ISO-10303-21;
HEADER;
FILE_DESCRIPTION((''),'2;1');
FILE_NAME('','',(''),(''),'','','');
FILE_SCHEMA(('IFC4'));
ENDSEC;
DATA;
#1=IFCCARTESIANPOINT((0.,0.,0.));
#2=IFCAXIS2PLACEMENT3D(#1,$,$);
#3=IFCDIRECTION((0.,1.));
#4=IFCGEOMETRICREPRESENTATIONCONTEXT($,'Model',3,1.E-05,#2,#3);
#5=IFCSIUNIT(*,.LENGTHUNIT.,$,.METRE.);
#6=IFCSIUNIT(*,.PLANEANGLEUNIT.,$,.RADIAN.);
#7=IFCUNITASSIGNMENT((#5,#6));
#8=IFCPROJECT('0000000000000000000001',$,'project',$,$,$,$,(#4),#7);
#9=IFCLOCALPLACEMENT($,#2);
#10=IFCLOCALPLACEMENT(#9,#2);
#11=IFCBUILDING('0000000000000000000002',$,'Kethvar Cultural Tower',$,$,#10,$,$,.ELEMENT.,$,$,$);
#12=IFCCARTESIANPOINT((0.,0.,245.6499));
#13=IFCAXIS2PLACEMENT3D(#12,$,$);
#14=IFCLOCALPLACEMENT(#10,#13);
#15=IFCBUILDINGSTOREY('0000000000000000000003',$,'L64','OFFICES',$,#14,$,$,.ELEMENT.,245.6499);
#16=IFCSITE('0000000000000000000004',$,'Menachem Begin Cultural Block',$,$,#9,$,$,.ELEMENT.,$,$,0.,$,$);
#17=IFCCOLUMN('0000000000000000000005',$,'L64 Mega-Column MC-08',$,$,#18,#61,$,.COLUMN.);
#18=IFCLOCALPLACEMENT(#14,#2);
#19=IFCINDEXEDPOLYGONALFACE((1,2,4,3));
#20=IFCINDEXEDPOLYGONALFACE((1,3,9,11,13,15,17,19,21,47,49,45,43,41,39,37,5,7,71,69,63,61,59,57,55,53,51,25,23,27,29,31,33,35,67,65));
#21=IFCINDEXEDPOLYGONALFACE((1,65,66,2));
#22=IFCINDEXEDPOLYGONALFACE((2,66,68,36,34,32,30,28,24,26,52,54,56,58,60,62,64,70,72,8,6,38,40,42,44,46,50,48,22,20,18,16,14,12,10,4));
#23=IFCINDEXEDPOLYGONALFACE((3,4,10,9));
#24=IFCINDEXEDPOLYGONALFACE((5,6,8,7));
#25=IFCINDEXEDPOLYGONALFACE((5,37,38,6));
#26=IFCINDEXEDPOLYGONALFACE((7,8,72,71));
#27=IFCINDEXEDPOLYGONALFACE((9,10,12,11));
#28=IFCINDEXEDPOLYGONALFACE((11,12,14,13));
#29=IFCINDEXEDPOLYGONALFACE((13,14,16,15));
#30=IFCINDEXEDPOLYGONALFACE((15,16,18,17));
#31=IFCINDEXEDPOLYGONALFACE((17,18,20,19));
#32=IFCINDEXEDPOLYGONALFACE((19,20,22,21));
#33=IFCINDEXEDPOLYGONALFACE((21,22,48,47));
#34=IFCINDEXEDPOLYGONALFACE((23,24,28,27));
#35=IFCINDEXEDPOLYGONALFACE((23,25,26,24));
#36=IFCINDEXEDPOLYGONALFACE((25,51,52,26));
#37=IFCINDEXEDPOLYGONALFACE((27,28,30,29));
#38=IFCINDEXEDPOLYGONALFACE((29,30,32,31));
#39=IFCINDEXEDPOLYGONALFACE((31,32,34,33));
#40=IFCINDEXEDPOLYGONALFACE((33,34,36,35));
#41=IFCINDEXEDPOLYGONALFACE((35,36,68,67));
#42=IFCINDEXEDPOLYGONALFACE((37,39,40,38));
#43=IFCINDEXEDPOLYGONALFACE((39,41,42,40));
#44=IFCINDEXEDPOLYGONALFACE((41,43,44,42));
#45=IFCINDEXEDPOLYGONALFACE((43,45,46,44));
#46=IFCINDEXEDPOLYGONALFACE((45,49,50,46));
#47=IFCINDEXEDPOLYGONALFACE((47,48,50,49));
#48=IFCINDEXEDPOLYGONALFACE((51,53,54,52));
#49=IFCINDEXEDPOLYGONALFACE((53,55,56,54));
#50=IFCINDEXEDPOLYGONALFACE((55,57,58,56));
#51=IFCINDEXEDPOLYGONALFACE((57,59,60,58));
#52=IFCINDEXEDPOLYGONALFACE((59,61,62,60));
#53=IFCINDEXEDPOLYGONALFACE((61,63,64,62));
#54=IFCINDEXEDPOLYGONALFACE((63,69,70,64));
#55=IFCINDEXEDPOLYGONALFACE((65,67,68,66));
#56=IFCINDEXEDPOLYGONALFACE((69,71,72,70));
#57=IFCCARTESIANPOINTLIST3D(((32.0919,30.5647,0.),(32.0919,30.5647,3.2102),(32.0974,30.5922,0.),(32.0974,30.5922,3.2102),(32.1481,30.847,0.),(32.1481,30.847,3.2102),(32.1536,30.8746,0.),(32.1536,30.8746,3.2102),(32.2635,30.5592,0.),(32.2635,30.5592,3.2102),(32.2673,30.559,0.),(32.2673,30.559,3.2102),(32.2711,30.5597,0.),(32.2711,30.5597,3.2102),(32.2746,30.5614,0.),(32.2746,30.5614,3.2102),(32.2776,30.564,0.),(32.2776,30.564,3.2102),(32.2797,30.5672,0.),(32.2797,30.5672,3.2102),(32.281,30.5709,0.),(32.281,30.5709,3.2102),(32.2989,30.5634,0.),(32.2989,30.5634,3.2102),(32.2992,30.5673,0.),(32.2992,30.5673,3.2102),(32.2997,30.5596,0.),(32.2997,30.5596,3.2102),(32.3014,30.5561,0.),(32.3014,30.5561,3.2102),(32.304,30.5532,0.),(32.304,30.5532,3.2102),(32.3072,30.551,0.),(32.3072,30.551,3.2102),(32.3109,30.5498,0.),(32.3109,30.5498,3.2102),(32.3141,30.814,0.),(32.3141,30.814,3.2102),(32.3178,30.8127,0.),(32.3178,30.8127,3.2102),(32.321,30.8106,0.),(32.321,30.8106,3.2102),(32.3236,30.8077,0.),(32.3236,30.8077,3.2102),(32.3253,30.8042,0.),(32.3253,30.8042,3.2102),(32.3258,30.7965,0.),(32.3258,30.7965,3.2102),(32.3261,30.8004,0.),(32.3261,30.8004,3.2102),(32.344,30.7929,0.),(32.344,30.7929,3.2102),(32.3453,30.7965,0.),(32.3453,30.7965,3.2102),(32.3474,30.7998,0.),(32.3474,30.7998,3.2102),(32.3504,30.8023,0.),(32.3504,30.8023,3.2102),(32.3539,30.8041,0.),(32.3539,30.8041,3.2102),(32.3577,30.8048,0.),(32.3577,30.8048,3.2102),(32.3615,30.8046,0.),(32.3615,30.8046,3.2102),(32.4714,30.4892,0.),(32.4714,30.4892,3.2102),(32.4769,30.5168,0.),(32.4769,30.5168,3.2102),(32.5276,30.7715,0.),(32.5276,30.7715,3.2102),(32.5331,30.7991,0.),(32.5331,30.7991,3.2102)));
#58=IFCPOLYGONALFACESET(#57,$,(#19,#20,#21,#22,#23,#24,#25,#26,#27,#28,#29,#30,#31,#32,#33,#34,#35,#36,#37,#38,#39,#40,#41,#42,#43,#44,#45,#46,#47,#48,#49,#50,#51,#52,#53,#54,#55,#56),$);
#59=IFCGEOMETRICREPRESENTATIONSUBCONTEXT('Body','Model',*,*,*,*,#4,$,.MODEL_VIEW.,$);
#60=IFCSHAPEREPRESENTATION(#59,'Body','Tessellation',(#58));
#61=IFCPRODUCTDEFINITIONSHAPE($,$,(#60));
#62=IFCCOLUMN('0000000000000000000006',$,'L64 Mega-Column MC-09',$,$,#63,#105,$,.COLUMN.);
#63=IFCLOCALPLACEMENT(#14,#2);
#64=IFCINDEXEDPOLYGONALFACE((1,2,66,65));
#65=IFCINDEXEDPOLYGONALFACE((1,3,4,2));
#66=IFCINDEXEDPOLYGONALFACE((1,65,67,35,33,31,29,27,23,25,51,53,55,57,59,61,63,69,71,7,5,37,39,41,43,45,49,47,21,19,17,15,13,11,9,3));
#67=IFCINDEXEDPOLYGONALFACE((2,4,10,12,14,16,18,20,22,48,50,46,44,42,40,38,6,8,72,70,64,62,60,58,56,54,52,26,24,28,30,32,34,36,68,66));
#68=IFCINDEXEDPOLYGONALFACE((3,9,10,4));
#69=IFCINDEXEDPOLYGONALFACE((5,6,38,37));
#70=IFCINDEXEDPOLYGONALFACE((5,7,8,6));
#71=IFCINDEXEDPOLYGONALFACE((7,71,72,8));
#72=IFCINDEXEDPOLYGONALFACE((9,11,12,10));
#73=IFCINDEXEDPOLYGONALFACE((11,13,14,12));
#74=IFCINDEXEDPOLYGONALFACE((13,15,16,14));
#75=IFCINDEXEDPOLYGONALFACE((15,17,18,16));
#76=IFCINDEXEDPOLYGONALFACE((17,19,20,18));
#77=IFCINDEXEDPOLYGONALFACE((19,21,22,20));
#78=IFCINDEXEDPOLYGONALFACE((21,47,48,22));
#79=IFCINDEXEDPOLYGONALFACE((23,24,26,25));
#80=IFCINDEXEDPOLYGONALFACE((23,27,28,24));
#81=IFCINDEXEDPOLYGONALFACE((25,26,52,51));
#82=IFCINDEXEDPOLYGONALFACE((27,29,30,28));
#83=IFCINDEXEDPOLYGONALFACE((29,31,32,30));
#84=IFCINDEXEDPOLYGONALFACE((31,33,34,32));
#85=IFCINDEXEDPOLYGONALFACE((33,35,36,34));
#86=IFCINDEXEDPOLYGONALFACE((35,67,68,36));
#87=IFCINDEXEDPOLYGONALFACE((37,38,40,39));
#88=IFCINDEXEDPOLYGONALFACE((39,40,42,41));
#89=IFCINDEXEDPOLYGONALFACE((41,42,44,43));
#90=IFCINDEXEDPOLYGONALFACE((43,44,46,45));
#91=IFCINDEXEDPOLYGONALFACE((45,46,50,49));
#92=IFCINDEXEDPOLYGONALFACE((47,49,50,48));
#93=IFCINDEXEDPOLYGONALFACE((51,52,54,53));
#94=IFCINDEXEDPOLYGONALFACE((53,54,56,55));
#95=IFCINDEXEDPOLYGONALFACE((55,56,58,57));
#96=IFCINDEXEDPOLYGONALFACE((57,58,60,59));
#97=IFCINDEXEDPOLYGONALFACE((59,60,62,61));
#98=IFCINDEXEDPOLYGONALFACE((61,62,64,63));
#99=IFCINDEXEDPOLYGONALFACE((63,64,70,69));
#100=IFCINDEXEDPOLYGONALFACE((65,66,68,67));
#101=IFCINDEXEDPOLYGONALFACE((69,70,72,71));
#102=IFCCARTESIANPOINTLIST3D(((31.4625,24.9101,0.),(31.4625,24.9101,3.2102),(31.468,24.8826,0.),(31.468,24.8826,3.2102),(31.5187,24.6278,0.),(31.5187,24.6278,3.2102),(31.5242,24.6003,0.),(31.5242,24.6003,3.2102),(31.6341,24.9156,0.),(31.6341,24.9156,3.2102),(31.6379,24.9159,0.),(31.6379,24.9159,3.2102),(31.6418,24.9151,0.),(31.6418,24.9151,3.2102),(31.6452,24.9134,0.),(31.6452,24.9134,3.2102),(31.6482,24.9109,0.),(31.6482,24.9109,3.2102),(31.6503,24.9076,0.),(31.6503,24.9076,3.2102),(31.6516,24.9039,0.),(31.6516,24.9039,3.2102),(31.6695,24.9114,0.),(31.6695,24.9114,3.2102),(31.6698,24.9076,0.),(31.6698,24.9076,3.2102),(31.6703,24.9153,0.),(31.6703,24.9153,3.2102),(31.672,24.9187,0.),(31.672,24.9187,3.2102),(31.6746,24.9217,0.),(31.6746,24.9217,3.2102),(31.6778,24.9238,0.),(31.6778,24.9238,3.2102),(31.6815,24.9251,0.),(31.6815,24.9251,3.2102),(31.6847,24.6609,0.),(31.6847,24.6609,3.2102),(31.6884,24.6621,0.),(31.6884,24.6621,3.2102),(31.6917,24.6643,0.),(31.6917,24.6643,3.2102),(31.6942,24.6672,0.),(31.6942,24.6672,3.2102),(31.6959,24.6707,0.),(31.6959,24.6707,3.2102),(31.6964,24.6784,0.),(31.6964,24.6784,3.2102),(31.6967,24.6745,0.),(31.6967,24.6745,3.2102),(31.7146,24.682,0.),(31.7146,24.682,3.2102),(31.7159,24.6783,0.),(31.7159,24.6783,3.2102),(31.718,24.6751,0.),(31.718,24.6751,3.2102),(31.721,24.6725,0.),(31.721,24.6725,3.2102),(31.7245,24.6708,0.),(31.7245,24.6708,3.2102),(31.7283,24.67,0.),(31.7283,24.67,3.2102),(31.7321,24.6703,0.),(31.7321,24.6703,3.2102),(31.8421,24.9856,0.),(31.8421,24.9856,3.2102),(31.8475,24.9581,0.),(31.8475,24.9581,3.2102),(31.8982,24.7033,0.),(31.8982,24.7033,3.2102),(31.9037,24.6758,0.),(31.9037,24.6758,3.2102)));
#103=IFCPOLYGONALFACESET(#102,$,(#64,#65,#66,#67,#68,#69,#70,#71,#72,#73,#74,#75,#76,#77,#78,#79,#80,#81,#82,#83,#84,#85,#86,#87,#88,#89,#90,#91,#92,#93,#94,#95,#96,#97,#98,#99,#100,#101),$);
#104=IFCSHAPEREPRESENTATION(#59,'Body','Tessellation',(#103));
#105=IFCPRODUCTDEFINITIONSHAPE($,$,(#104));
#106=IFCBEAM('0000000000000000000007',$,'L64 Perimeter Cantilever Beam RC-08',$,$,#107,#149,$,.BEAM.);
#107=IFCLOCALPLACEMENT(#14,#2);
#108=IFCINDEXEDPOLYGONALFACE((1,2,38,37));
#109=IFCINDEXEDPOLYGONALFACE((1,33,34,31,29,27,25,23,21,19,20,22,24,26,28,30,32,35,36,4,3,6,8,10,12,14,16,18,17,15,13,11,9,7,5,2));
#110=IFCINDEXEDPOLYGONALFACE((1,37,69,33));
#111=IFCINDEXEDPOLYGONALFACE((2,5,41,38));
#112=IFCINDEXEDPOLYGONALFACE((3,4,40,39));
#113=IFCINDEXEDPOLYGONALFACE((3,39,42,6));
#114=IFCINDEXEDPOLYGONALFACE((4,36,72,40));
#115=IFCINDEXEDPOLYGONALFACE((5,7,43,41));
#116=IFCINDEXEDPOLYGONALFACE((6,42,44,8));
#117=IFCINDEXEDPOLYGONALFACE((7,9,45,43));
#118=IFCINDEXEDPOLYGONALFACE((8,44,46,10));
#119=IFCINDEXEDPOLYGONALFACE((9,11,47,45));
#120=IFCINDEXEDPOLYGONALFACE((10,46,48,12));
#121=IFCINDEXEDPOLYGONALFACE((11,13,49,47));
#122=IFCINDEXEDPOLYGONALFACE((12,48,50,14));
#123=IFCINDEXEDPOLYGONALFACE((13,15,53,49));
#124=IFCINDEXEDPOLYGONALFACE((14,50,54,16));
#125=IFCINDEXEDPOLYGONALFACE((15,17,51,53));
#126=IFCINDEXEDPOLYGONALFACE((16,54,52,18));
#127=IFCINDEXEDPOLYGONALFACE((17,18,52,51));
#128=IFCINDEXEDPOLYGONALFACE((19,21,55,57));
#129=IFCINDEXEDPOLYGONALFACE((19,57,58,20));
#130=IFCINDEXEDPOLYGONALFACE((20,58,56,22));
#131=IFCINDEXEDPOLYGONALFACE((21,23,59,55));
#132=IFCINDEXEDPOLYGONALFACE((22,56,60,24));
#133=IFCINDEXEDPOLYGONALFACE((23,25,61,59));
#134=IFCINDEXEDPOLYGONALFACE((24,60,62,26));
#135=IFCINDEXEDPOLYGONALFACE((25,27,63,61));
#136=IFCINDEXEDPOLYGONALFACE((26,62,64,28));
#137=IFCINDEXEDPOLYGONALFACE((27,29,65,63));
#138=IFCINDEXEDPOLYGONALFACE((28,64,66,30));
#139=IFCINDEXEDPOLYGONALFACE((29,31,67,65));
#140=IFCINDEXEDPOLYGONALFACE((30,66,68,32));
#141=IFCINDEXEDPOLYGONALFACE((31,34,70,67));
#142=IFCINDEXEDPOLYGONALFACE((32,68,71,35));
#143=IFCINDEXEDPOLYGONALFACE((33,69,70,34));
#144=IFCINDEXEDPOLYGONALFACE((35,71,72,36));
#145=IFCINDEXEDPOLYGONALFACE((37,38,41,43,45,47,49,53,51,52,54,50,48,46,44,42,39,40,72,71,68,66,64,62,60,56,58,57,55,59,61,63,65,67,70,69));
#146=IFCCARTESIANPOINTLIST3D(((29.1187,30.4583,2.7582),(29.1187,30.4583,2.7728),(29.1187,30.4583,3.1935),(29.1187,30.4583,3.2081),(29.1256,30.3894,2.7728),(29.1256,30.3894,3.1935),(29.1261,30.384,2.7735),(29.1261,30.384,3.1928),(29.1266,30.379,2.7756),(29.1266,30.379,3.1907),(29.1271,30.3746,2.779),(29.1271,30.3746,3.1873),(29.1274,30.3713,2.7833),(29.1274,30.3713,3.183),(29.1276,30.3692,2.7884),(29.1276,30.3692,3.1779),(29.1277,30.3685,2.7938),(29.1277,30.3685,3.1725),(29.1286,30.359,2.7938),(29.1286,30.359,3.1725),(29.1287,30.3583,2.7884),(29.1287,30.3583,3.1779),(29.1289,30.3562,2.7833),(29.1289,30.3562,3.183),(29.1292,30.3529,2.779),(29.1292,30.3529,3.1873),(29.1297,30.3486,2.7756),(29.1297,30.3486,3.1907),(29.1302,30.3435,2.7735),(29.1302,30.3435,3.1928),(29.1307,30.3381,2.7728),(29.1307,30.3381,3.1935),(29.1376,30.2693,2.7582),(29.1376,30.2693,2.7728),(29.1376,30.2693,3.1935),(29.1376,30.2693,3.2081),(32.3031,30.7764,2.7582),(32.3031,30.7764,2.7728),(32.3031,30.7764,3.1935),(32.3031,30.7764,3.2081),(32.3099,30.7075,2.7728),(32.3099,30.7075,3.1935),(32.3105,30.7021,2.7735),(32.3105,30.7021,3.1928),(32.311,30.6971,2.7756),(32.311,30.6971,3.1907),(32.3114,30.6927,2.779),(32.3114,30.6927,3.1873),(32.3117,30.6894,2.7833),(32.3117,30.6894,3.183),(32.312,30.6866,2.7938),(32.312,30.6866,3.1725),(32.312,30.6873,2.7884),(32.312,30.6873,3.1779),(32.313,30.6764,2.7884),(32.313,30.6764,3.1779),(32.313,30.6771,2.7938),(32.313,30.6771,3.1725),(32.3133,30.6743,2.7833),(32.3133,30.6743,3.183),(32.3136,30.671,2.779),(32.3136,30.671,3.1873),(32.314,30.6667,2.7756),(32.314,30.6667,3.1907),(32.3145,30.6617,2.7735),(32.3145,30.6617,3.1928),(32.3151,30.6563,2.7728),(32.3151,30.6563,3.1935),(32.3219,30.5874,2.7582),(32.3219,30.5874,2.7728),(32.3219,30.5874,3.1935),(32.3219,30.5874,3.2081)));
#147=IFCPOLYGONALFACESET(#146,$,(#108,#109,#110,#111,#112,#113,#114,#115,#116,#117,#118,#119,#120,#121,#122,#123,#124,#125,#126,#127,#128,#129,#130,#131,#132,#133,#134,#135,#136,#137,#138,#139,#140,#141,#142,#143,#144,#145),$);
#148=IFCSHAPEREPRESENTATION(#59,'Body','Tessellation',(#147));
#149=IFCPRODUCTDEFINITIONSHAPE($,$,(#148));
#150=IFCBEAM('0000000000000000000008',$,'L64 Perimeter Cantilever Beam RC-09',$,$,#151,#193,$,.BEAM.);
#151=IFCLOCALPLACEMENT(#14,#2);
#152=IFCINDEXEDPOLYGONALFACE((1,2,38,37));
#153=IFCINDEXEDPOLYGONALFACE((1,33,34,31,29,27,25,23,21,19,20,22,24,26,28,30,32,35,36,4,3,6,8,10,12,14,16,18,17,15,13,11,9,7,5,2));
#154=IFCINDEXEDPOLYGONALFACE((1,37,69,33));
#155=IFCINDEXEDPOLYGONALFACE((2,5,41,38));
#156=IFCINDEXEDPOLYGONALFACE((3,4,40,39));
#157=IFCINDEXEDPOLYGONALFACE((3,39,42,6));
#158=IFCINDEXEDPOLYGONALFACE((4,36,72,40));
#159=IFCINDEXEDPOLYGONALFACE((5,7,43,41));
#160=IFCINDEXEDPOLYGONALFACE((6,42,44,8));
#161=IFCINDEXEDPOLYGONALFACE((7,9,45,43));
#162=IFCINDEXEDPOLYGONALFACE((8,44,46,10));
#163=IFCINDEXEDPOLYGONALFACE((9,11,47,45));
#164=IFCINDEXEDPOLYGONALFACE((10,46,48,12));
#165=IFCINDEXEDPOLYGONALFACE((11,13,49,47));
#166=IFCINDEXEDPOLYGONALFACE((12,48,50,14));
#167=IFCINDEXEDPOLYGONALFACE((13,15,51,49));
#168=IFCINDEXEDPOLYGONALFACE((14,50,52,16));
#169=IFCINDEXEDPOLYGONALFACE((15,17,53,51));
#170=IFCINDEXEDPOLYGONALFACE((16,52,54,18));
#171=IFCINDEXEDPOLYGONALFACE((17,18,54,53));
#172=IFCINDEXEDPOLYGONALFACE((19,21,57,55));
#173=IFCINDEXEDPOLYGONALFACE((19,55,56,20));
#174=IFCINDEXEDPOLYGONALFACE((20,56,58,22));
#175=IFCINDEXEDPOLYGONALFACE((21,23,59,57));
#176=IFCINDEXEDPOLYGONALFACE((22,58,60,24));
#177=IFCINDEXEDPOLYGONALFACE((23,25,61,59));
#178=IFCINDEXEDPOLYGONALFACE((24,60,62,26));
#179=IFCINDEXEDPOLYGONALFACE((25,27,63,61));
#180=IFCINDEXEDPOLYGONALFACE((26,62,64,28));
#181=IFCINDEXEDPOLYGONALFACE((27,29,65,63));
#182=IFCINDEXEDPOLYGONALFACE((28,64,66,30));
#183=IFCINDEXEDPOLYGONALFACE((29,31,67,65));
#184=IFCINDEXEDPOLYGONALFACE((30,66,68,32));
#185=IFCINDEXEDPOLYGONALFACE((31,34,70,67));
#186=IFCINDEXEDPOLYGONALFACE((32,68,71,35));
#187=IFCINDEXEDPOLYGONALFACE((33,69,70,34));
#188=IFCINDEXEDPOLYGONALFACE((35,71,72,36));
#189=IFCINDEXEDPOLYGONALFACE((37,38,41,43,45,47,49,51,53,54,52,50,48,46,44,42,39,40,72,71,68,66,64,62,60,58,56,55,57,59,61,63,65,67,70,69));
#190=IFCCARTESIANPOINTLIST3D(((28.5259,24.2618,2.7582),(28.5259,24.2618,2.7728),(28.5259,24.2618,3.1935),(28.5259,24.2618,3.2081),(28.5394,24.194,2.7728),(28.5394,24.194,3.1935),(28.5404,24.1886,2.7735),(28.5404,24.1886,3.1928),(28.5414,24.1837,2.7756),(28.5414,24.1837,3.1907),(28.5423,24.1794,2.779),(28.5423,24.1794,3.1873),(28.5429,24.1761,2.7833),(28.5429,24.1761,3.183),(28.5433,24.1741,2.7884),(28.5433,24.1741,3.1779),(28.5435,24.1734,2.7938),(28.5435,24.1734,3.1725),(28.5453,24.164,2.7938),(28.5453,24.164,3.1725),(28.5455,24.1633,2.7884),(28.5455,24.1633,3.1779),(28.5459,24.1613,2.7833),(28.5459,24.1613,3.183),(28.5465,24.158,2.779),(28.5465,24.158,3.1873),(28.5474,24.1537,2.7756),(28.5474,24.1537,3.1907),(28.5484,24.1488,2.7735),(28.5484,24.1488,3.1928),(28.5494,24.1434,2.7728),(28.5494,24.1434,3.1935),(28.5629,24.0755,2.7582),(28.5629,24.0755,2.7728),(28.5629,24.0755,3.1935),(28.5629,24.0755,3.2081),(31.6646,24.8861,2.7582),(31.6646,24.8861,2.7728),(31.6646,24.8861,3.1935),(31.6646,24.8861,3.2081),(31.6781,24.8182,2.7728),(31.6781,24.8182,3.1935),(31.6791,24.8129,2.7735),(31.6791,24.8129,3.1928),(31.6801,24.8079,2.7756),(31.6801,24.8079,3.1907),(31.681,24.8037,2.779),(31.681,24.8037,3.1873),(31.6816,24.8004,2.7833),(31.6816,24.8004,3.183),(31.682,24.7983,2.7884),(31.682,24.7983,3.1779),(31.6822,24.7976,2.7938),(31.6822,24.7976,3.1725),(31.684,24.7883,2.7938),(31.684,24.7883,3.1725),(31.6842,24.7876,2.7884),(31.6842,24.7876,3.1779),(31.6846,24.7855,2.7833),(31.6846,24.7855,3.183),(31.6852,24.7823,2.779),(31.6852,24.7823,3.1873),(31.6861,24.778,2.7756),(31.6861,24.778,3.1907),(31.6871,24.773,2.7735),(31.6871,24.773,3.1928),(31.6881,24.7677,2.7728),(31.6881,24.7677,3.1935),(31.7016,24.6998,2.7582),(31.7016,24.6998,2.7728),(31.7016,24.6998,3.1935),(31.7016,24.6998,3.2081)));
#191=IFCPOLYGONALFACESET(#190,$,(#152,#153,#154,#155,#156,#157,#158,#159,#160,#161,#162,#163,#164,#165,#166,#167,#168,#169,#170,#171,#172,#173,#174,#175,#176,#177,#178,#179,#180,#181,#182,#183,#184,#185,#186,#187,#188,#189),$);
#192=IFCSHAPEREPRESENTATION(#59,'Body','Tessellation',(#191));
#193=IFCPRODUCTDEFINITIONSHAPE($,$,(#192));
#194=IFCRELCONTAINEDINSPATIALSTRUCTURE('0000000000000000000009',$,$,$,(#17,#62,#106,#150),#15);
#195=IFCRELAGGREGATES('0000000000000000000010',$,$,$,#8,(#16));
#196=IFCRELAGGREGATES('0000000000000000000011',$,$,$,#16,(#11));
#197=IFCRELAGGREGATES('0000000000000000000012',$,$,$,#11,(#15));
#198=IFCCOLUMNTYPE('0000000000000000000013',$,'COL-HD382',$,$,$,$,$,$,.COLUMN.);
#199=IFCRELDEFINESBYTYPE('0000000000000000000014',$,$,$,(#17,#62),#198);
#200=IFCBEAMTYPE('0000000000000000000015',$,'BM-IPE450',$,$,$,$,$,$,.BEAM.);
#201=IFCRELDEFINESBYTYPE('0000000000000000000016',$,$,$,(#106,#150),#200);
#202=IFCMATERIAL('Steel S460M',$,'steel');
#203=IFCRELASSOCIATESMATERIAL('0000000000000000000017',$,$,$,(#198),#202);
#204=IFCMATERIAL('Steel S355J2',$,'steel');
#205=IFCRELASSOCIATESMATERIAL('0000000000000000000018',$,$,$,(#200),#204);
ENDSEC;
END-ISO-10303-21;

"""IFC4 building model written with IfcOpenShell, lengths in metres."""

from ifc_helpers import new_model, si_unit, direction, frame, origin, origin_2d, place, context, subcontext, project, spatial, i_section, extrude, source, transform, mapped, material, material_profile, profile_set, type_object, element, save


model = new_model("IFC4")

# Units and contexts
model_context = context("Model", 3, precision=1e-05, world=origin(), true_north=direction((0.0, 1.0)))
body_context = subcontext(model_context, "Body", "Model", "MODEL_VIEW")
ifc_project = project(units=[si_unit("LENGTHUNIT", "METRE"), si_unit("PLANEANGLEUNIT", "RADIAN")], contexts=[model_context])

# Site, building, storey
site_placement = place(None, origin())
site = spatial("IfcSite", under=ifc_project, at=site_placement, Name="Menachem Begin Cultural Block", CompositionType="ELEMENT", RefElevation=0.0)
building_placement = place(site_placement, origin())
building = spatial("IfcBuilding", under=site, at=building_placement, Name="Kethvar Cultural Tower", CompositionType="ELEMENT")
storey_placement = place(building_placement, frame((0.0, 0.0, 245.6499)))
storey = spatial("IfcBuildingStorey", under=building, at=storey_placement, Name="L64", Description="OFFICES", CompositionType="ELEMENT", Elevation=245.6499)

# Columns
ifc_material_1 = material(Name="Steel S460M", Category="steel")
ifc_material_profile_1 = material_profile(ifc_material_1, i_section(OverallWidth=0.387, OverallDepth=0.3159, WebThickness=0.0186, FlangeThickness=0.0281, FilletRadius=0.0149, at=origin_2d()), Name="Steel S460M — HD400x382")
ifc_profile_set_1 = profile_set([ifc_material_profile_1], Name="Steel S460M — HD400x382")
column_type = type_object("IfcColumnType", Name="COL-HD382", PredefinedType="COLUMN", material=ifc_profile_set_1)
shared_shape_1 = source(origin(), body_context, "Body", "SweptSolid", [
    extrude(i_section(OverallWidth=0.387, OverallDepth=0.3159, WebThickness=0.0186, FlangeThickness=0.0281, FilletRadius=0.0149, at=origin_2d()), origin(), (0.0, 0.0, 1.0), 3.2102),
])
for number, where, z_axis, x_axis, name in (
    (1, (32.3125, 30.6819, 0.0), (0.0, 0.0, 1.0), (-0.980785, 0.19509, 0.0), "L64 Mega-Column MC-08"),
    (2, (31.6831, 24.793, 0.0), (0.0, 0.0, 1.0), (-0.980785, -0.19509, 0.0), "L64 Mega-Column MC-09"),
):
    element("IfcColumn", number, at=place(storey_placement, frame(where, z_axis=z_axis, x_axis=x_axis)), inside=storey, type_object=column_type, Name=name, PredefinedType="COLUMN", context=body_context, shape_type="MappedRepresentation", body=[
        mapped(shared_shape_1, transform((0.0, 0.0, 0.0), scale=1.0)),
    ])

# Beams
ifc_material_2 = material(Name="Steel S355J2", Category="steel")
ifc_material_profile_2 = material_profile(ifc_material_2, i_section(OverallWidth=0.1899, OverallDepth=0.45, WebThickness=0.0095, FlangeThickness=0.0146, FilletRadius=0.021, at=origin_2d()), Name="Steel S355J2 — IPE450")
ifc_profile_set_2 = profile_set([ifc_material_profile_2], Name="Steel S355J2 — IPE450")
beam_type_1 = type_object("IfcBeamType", Name="BM-IPE450", PredefinedType="BEAM", material=ifc_profile_set_2)
shared_shape_2 = source(origin(), body_context, "Body", "SweptSolid", [
    extrude(i_section(OverallWidth=0.1899, OverallDepth=0.45, WebThickness=0.0095, FlangeThickness=0.0146, FilletRadius=0.021, at=origin_2d()), origin(), (0.0, 0.0, 1.0), 3.2002),
])
for number, where, z_axis, x_axis, name in (
    (3, (32.3125, 30.6819, 2.9832), (-0.995047, -0.099406, 0.0), (0.099406, -0.995047, 0.0), "L64 Perimeter Cantilever Beam RC-08"),
    (4, (31.6831, 24.793, 2.9832), (-0.980788, -0.195074, 0.0), (0.195074, -0.980788, 0.0), "L64 Perimeter Cantilever Beam RC-09"),
):
    element("IfcBeam", number, at=place(storey_placement, frame(where, z_axis=z_axis, x_axis=x_axis)), inside=storey, type_object=beam_type_1, Name=name, PredefinedType="BEAM", context=body_context, shape_type="MappedRepresentation", body=[
        mapped(shared_shape_2, transform((0.0, 0.0, 0.0), scale=1.0)),
    ])

save(model, "model.ifc")
